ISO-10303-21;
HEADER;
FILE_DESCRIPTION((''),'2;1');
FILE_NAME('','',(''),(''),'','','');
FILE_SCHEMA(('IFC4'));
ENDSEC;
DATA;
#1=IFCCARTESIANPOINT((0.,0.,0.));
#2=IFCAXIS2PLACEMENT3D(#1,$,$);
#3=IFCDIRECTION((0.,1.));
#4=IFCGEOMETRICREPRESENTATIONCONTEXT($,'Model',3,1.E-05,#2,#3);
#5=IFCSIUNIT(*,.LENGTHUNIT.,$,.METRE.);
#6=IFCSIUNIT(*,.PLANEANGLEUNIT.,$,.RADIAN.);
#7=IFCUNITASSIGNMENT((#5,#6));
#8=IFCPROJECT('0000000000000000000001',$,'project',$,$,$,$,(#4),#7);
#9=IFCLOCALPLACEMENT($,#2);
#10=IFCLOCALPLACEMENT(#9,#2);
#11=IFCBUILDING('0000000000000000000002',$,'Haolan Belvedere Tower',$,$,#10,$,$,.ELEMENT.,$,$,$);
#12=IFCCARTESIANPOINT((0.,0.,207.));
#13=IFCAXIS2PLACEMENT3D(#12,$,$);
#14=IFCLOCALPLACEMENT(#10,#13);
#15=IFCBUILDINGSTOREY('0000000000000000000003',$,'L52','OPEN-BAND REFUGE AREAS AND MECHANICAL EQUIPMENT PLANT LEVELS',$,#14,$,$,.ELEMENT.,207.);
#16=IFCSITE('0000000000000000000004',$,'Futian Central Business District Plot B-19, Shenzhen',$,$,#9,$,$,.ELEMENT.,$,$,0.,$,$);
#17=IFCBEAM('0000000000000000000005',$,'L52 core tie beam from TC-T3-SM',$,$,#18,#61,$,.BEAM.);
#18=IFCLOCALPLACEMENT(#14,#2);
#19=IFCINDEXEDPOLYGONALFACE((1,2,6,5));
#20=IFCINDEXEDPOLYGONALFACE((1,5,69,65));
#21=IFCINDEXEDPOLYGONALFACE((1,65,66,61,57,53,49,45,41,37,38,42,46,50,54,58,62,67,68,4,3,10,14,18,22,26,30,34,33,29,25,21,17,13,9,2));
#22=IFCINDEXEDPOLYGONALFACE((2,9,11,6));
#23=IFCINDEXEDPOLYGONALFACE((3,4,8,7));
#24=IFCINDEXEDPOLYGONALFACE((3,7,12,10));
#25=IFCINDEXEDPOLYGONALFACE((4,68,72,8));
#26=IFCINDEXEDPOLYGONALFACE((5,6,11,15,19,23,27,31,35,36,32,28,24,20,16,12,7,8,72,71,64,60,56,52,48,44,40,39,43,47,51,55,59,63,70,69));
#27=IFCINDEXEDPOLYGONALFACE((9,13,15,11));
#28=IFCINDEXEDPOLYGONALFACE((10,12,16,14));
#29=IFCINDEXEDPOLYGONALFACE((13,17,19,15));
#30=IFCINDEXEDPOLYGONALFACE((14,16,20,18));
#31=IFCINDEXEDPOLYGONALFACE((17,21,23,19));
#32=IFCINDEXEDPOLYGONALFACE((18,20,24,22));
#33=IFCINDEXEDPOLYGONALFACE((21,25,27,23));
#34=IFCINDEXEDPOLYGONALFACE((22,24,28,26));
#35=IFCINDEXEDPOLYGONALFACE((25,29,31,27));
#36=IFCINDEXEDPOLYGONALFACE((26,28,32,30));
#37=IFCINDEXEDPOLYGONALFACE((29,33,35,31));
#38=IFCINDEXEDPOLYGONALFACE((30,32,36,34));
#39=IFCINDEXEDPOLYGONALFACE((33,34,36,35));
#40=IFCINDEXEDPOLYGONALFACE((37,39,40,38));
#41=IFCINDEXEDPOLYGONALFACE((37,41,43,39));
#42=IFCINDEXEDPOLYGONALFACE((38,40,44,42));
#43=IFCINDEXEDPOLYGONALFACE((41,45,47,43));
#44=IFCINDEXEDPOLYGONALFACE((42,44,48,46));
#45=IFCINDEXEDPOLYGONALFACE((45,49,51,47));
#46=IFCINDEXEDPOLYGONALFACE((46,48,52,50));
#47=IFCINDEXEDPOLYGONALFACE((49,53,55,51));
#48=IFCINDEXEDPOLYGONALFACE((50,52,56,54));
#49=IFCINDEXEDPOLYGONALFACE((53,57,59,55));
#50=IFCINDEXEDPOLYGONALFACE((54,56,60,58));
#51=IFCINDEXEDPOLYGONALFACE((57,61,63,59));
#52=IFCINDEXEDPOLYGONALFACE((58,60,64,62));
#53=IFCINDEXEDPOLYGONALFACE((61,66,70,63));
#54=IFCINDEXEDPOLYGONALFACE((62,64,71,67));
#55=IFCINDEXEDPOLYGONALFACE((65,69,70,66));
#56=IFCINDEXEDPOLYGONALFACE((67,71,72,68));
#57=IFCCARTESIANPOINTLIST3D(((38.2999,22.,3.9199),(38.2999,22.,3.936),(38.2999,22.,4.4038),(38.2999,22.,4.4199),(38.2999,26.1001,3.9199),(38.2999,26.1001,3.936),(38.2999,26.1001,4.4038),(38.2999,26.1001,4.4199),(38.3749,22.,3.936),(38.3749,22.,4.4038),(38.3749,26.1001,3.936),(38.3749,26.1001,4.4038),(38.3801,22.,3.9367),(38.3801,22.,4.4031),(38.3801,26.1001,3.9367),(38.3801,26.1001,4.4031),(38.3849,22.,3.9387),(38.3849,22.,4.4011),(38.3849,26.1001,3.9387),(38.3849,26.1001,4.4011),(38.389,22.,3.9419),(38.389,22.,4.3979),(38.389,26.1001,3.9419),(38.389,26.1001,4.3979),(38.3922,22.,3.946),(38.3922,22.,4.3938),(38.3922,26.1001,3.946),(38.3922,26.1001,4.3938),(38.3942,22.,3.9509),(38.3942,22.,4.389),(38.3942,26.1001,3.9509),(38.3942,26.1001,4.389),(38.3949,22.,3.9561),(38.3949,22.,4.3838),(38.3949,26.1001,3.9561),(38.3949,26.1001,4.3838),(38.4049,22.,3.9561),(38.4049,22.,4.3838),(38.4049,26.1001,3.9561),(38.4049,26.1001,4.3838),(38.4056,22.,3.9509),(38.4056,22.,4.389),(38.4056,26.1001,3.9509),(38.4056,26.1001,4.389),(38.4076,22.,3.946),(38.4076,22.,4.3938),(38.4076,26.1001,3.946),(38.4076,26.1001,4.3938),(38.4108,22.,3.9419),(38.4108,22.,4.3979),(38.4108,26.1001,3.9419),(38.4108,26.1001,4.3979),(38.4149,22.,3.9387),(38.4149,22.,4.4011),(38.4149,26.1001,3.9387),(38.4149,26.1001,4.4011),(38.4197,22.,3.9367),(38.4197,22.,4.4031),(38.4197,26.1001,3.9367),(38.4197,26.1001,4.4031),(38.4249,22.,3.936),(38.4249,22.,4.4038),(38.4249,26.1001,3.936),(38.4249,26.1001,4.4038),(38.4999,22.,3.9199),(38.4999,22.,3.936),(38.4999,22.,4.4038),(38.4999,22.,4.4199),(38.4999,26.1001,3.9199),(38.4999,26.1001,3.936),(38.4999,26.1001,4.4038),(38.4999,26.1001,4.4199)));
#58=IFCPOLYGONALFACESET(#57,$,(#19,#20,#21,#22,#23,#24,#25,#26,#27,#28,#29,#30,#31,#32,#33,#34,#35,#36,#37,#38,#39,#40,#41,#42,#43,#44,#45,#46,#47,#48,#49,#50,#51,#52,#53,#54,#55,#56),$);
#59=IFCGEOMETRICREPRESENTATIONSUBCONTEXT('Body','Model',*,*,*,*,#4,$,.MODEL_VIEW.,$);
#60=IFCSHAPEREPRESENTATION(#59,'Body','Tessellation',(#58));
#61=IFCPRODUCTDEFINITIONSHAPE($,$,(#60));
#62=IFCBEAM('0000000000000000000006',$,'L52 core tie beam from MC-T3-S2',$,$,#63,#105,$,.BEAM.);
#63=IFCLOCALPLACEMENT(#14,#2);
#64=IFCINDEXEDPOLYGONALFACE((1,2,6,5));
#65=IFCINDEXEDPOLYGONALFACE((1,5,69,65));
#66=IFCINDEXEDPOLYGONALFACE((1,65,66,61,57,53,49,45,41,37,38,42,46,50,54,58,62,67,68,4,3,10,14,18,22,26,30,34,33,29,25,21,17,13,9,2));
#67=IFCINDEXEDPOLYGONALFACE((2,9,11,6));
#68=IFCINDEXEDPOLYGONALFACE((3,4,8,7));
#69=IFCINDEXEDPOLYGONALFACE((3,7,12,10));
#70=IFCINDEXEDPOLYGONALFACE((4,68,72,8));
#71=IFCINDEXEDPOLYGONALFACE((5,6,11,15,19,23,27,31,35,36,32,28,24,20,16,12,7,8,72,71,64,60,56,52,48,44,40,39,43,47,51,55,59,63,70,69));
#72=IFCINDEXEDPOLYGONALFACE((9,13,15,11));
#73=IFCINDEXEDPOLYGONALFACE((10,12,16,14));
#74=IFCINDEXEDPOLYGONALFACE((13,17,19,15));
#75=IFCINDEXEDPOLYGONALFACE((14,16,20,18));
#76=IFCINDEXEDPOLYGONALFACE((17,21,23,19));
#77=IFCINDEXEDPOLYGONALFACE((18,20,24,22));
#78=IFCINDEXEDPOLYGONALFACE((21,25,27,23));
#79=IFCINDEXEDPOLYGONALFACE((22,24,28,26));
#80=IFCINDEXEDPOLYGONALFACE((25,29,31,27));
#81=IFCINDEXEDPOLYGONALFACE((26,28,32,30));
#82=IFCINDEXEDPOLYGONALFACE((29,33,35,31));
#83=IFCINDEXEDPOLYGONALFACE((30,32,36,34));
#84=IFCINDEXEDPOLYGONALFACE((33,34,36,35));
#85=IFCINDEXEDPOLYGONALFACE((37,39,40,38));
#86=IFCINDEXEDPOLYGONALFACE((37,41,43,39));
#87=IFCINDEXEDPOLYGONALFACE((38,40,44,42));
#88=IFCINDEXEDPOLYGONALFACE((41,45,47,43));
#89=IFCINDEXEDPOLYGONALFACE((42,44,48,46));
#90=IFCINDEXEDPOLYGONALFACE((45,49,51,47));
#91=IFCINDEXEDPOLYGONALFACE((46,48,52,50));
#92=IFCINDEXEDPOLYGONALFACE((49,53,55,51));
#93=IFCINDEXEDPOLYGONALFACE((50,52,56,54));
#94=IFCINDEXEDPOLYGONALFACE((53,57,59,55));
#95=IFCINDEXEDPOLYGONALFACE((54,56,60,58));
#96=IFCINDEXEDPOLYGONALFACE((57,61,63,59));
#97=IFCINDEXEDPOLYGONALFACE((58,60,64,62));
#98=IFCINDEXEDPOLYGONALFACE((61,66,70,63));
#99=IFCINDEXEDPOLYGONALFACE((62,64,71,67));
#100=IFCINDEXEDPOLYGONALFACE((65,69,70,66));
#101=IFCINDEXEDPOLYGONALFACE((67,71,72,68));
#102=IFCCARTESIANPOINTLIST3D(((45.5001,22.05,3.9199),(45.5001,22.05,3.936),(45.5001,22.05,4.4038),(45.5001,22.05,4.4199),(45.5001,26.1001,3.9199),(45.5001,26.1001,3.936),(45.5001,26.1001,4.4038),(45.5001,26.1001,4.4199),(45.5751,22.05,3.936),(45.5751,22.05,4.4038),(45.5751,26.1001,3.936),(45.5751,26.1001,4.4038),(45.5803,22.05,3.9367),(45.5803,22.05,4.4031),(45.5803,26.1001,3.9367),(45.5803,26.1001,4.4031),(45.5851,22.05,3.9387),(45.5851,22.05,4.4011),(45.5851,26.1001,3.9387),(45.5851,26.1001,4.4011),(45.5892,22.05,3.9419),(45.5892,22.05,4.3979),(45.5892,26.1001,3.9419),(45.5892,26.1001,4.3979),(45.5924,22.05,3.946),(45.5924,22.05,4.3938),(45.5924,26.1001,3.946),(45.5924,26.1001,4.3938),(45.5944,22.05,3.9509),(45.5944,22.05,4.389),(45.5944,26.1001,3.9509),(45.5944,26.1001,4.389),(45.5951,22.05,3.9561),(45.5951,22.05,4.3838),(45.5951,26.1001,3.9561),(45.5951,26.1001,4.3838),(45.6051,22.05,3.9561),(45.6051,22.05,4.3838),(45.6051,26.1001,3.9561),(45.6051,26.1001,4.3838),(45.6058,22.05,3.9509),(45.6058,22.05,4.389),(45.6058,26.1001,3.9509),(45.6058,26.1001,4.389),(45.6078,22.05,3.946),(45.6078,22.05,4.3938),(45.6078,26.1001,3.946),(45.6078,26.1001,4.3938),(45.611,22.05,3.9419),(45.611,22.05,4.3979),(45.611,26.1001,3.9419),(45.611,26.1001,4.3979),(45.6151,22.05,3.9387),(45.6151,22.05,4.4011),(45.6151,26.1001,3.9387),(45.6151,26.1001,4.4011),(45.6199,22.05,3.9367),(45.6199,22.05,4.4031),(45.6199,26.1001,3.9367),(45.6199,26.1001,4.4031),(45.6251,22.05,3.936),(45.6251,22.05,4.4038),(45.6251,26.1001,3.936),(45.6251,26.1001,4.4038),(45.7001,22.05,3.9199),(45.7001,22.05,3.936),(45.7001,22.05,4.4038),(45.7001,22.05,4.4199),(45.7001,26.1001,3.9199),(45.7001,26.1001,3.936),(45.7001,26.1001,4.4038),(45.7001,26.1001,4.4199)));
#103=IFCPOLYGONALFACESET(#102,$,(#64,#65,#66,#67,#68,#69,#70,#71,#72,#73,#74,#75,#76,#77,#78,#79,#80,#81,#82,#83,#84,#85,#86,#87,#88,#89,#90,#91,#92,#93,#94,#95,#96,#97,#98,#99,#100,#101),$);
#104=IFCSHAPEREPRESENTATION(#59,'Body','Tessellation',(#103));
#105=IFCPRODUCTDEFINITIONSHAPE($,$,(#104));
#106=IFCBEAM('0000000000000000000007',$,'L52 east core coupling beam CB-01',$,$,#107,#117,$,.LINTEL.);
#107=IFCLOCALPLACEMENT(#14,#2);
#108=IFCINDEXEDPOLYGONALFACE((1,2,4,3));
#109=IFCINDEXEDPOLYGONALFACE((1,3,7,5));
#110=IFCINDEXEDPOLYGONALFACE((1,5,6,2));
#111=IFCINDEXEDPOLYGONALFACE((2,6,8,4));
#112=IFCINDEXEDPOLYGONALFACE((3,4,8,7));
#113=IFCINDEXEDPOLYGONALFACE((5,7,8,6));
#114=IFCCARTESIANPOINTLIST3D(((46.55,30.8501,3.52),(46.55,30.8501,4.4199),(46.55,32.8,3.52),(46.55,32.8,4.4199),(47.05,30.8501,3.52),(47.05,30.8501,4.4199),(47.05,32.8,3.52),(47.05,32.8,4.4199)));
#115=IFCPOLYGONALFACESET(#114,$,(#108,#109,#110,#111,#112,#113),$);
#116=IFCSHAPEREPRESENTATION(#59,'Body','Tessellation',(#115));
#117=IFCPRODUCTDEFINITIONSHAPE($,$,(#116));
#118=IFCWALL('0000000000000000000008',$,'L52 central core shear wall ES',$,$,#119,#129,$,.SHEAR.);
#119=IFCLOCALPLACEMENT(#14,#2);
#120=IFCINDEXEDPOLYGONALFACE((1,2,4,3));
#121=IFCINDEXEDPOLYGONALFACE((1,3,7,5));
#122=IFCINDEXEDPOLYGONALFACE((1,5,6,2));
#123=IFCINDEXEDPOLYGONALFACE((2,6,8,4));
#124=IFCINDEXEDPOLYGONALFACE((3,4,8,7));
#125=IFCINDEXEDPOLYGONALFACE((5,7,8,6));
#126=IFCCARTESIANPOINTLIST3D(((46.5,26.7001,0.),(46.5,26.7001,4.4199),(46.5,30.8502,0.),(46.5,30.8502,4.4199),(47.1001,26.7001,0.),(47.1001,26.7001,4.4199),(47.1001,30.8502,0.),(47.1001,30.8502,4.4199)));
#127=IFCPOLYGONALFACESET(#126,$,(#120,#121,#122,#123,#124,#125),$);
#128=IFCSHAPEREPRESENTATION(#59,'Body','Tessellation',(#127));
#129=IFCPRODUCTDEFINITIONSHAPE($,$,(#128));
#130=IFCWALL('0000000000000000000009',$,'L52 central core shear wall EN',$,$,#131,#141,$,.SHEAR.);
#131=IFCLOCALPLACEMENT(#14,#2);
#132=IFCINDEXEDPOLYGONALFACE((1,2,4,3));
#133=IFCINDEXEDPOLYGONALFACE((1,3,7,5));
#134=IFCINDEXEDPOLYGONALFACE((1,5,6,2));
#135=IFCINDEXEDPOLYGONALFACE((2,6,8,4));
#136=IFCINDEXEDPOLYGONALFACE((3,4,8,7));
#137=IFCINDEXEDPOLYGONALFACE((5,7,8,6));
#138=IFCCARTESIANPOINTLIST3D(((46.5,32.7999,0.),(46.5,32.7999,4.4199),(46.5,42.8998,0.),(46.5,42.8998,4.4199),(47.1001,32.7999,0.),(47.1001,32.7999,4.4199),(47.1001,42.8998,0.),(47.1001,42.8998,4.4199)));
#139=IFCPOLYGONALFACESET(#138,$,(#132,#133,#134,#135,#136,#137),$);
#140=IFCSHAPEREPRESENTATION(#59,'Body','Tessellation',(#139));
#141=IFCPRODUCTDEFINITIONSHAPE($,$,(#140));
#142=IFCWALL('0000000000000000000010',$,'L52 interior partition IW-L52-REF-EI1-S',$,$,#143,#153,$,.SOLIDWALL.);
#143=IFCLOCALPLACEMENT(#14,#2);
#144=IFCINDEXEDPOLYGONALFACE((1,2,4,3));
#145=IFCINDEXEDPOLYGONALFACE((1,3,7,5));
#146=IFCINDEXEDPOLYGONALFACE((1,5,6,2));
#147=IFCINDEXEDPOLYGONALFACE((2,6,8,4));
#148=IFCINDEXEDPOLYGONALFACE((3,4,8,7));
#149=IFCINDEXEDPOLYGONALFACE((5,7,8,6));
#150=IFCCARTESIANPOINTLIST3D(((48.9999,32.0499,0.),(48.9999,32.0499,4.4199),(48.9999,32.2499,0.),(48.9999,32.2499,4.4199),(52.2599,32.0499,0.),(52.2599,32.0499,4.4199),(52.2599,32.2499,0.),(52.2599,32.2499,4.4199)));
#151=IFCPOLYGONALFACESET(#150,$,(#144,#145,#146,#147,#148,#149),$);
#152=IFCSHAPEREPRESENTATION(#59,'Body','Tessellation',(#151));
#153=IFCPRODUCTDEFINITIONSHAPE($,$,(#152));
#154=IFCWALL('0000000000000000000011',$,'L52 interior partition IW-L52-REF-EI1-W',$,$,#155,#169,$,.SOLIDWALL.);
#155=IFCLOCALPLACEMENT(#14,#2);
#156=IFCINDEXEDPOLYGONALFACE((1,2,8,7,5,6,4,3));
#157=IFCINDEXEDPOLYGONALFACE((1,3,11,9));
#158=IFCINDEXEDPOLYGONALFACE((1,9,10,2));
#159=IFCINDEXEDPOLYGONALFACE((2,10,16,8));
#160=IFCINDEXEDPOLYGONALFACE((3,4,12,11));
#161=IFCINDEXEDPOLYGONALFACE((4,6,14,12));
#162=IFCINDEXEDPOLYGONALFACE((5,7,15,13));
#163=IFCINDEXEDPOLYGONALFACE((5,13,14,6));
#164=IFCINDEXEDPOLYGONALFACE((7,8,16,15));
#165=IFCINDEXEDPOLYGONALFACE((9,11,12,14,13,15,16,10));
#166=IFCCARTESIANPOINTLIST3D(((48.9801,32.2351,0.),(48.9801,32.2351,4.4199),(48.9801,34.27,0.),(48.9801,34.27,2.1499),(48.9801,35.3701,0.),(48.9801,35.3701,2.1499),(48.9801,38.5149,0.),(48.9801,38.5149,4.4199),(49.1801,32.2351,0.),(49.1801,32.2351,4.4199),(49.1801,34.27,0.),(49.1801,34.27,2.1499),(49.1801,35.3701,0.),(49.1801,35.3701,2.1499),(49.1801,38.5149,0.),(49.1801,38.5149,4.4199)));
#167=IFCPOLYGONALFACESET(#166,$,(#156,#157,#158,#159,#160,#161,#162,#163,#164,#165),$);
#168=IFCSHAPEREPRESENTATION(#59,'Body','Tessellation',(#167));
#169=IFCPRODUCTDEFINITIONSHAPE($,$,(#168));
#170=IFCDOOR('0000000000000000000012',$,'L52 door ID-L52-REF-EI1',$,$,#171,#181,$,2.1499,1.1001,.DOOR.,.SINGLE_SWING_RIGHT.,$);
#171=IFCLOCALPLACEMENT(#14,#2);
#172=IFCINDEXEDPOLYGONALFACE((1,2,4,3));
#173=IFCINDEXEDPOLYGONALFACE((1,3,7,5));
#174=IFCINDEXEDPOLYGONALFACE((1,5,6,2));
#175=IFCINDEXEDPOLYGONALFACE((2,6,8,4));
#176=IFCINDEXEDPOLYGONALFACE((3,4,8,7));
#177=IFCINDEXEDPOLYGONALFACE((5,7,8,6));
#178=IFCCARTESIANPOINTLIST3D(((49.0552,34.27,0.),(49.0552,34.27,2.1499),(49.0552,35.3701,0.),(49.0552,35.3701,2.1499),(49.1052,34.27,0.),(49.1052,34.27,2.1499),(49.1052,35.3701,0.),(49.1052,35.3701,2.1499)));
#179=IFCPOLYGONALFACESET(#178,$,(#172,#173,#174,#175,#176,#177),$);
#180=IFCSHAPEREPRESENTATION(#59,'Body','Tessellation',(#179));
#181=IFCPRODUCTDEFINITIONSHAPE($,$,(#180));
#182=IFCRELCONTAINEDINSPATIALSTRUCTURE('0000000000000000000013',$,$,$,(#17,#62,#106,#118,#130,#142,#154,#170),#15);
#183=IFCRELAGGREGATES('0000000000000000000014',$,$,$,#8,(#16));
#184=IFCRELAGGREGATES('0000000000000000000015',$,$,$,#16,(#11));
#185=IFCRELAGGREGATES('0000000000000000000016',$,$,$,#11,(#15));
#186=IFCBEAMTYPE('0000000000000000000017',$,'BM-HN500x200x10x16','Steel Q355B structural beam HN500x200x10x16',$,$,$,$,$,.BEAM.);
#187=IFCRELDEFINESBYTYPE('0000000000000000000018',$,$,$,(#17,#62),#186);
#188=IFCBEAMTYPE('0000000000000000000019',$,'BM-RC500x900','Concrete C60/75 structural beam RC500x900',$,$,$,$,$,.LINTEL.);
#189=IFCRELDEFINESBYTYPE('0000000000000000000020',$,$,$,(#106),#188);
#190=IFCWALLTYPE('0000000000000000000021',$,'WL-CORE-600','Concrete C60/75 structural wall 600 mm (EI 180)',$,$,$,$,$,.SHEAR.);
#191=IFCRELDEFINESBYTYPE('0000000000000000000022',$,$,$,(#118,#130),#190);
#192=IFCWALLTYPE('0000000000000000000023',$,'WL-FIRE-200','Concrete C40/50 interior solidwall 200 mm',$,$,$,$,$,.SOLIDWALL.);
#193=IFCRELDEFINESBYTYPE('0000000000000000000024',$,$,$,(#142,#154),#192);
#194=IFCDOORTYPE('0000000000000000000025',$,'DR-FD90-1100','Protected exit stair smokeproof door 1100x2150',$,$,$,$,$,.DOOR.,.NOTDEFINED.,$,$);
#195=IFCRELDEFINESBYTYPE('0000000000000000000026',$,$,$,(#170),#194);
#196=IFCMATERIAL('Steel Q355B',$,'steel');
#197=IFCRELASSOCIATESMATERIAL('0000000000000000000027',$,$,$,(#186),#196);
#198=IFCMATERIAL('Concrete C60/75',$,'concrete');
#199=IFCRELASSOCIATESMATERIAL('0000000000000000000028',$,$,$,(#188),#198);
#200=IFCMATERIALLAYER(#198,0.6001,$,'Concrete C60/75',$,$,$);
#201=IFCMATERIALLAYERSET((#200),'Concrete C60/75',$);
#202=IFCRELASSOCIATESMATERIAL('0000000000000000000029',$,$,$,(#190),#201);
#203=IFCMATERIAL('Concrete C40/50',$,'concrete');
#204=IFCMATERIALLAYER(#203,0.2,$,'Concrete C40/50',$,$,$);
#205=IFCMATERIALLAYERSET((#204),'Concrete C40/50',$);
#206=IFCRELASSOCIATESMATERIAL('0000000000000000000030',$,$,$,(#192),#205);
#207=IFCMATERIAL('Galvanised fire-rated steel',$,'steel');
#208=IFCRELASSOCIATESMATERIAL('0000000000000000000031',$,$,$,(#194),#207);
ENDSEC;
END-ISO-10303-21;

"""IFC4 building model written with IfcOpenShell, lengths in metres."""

from ifc_helpers import new_model, si_unit, direction, frame, frame_2d, origin, origin_2d, place, context, subcontext, project, spatial, rectangle, i_section, extrude, material, layer, layer_set, material_profile, profile_set, type_object, element, fill, save


model = new_model("IFC4")

# Units and contexts
model_context = context("Model", 3, precision=1e-05, world=origin(), true_north=direction((0.0, 1.0)))
body_context = subcontext(model_context, "Body", "Model", "MODEL_VIEW")
ifc_project = project(units=[si_unit("LENGTHUNIT", "METRE"), si_unit("PLANEANGLEUNIT", "RADIAN")], contexts=[model_context])

# Site, building, storey
site_placement = place(None, origin())
site = spatial("IfcSite", under=ifc_project, at=site_placement, Name="Futian Central Business District Plot B-19, Shenzhen", CompositionType="ELEMENT", RefElevation=0.0)
building_placement = place(site_placement, origin())
building = spatial("IfcBuilding", under=site, at=building_placement, Name="Haolan Belvedere Tower", CompositionType="ELEMENT")
storey_placement = place(building_placement, frame((0.0, 0.0, 207.0)))
storey = spatial("IfcBuildingStorey", under=building, at=storey_placement, Name="L52", Description="OPEN-BAND REFUGE AREAS AND MECHANICAL EQUIPMENT PLANT LEVELS", CompositionType="ELEMENT", Elevation=207.0)

# Beams
ifc_material_1 = material(Name="Steel Q355B", Category="steel")
ifc_material_profile_1 = material_profile(ifc_material_1, i_section(OverallWidth=0.2, OverallDepth=0.5, WebThickness=0.01, FlangeThickness=0.0161, FilletRadius=0.02, at=origin_2d()), Name="Steel Q355B")
ifc_profile_set_1 = profile_set([ifc_material_profile_1], Name="Steel Q355B")
beam_type_1 = type_object("IfcBeamType", Name="BM-HN500x200x10x16", Description="Steel Q355B structural beam HN500x200x10x16", PredefinedType="BEAM", material=ifc_profile_set_1)
beam_1_placement = place(storey_placement, frame((38.3999, 22.0, 4.1699), z_axis=(0.0, 1.0, 0.0), x_axis=(-1.0, 0.0, 0.0)))
element("IfcBeam", 1, at=beam_1_placement, inside=storey, type_object=beam_type_1, Name="L52 core tie beam from TC-T3-SM", PredefinedType="BEAM", context=body_context, shape_type="SweptSolid", body=[
    extrude(i_section(OverallWidth=0.2, OverallDepth=0.5, WebThickness=0.01, FlangeThickness=0.0161, FilletRadius=0.02, at=origin_2d()), origin(), (0.0, 0.0, 1.0), 4.1001),
])
beam_2_placement = place(storey_placement, frame((45.6001, 22.05, 4.1699), z_axis=(0.0, 1.0, 0.0), x_axis=(-1.0, 0.0, 0.0)))
element("IfcBeam", 2, at=beam_2_placement, inside=storey, type_object=beam_type_1, Name="L52 core tie beam from MC-T3-S2", PredefinedType="BEAM", context=body_context, shape_type="SweptSolid", body=[
    extrude(i_section(OverallWidth=0.2, OverallDepth=0.5, WebThickness=0.01, FlangeThickness=0.0161, FilletRadius=0.02, at=origin_2d()), origin(), (0.0, 0.0, 1.0), 4.05),
])
ifc_material_2 = material(Name="Concrete C60/75", Category="concrete")
ifc_material_profile_2 = material_profile(ifc_material_2, rectangle(XDim=0.5, YDim=0.8999, at=origin_2d()), Name="Concrete C60/75")
ifc_profile_set_2 = profile_set([ifc_material_profile_2], Name="Concrete C60/75")
beam_type_2 = type_object("IfcBeamType", Name="BM-RC500x900", Description="Concrete C60/75 structural beam RC500x900", PredefinedType="LINTEL", material=ifc_profile_set_2)
beam_3_placement = place(storey_placement, frame((46.8, 30.8501, 3.97), z_axis=(0.0, 1.0, 0.0), x_axis=(-1.0, 0.0, 0.0)))
element("IfcBeam", 3, at=beam_3_placement, inside=storey, type_object=beam_type_2, Name="L52 east core coupling beam CB-01", PredefinedType="LINTEL", context=body_context, shape_type="SweptSolid", body=[
    extrude(rectangle(XDim=0.5, YDim=0.8999, at=origin_2d()), origin(), (0.0, 0.0, 1.0), 1.95),
])

# Walls
ifc_layer_1 = layer(ifc_material_2, 0.6001, Name="Concrete C60/75")
ifc_layer_set_1 = layer_set([ifc_layer_1], Name="Concrete C60/75")
wall_type_1 = type_object("IfcWallType", Name="WL-CORE-600", Description="Concrete C60/75 structural wall 600 mm (EI 180)", PredefinedType="SHEAR", material=ifc_layer_set_1)
wall_1_placement = place(storey_placement, frame((46.8, 26.7, 0.0), z_axis=(0.0, 0.0, 1.0), x_axis=(0.0, 1.0, 0.0)))
element("IfcWall", 4, at=wall_1_placement, inside=storey, type_object=wall_type_1, Name="L52 central core shear wall ES", PredefinedType="SHEAR", context=body_context, shape_type="SweptSolid", body=[
    extrude(rectangle(XDim=4.1501, YDim=0.6001, at=frame_2d((2.0752, 0.0))), origin(), (0.0, 0.0, 1.0), 4.4199),
])
wall_2_placement = place(storey_placement, frame((46.8, 32.8, 0.0), z_axis=(0.0, 0.0, 1.0), x_axis=(0.0, 1.0, 0.0)))
element("IfcWall", 5, at=wall_2_placement, inside=storey, type_object=wall_type_1, Name="L52 central core shear wall EN", PredefinedType="SHEAR", context=body_context, shape_type="SweptSolid", body=[
    extrude(rectangle(XDim=10.0999, YDim=0.6001, at=frame_2d((5.0498, 0.0))), origin(), (0.0, 0.0, 1.0), 4.4199),
])
ifc_material_3 = material(Name="Concrete C40/50", Category="concrete")
ifc_layer_2 = layer(ifc_material_3, 0.2, Name="Concrete C40/50")
ifc_layer_set_2 = layer_set([ifc_layer_2], Name="Concrete C40/50")
wall_type_2 = type_object("IfcWallType", Name="WL-FIRE-200", Description="Concrete C40/50 interior solidwall 200 mm", PredefinedType="SOLIDWALL", material=ifc_layer_set_2)
wall_3_placement = place(storey_placement, frame((49.0, 32.1499, 0.0), z_axis=(0.0, 0.0, 1.0), x_axis=(1.0, 0.0, 0.0)))
element("IfcWall", 6, at=wall_3_placement, inside=storey, type_object=wall_type_2, Name="L52 interior partition IW-L52-REF-EI1-S", PredefinedType="SOLIDWALL", context=body_context, shape_type="SweptSolid", body=[
    extrude(rectangle(XDim=3.26, YDim=0.2, at=frame_2d((1.6299, 0.0))), origin(), (0.0, 0.0, 1.0), 4.4199),
])

# Wall, opening, door
wall_4_placement = place(storey_placement, frame((49.0801, 32.2351, 0.0), z_axis=(0.0, 0.0, 1.0), x_axis=(0.0, 1.0, 0.0)))
wall_4 = element("IfcWall", 7, at=wall_4_placement, inside=storey, type_object=wall_type_2, Name="L52 interior partition IW-L52-REF-EI1-W", PredefinedType="SOLIDWALL", context=body_context, shape_type="SweptSolid", body=[
    extrude(rectangle(XDim=6.2798, YDim=0.2, at=frame_2d((3.1399, 0.0))), origin(), (0.0, 0.0, 1.0), 4.4199),
])
opening_1_placement = place(wall_4_placement, frame((2.0349, 0.0, 0.0)))
opening_1 = element("IfcOpeningElement", 8, at=opening_1_placement, cuts=wall_4, PredefinedType="OPENING", context=body_context, shape_type="SweptSolid", body=[
    extrude(rectangle(XDim=1.1001, YDim=2.1499, at=frame_2d((0.55, 1.075))), frame((0.0, 0.1099, 0.0), z_axis=(0.0, -1.0, 0.0), x_axis=(1.0, 0.0, 0.0)), (0.0, 0.0, 1.0), 0.22),
])
ifc_material_4 = material(Name="Galvanised fire-rated steel", Category="steel")
door_type_1 = type_object("IfcDoorType", Name="DR-FD90-1100", Description="Protected exit stair smokeproof door 1100x2150", OperationType="NOTDEFINED", PredefinedType="DOOR", material=ifc_material_4)
door_1_placement = place(opening_1_placement, origin())
door_1 = element("IfcDoor", 9, at=door_1_placement, inside=storey, type_object=door_type_1, Name="L52 door ID-L52-REF-EI1", OperationType="SINGLE_SWING_RIGHT", OverallHeight=2.1499, OverallWidth=1.1001, PredefinedType="DOOR", context=body_context, shape_type="SweptSolid", body=[
    extrude(rectangle(XDim=1.1001, YDim=2.1499, at=frame_2d((0.55, 1.075))), frame((0.0, 0.0249, 0.0), z_axis=(0.0, -1.0, 0.0), x_axis=(1.0, 0.0, 0.0)), (0.0, 0.0, 1.0), 0.05),
])
fill(opening_1, door_1)

save(model, "model.ifc")
